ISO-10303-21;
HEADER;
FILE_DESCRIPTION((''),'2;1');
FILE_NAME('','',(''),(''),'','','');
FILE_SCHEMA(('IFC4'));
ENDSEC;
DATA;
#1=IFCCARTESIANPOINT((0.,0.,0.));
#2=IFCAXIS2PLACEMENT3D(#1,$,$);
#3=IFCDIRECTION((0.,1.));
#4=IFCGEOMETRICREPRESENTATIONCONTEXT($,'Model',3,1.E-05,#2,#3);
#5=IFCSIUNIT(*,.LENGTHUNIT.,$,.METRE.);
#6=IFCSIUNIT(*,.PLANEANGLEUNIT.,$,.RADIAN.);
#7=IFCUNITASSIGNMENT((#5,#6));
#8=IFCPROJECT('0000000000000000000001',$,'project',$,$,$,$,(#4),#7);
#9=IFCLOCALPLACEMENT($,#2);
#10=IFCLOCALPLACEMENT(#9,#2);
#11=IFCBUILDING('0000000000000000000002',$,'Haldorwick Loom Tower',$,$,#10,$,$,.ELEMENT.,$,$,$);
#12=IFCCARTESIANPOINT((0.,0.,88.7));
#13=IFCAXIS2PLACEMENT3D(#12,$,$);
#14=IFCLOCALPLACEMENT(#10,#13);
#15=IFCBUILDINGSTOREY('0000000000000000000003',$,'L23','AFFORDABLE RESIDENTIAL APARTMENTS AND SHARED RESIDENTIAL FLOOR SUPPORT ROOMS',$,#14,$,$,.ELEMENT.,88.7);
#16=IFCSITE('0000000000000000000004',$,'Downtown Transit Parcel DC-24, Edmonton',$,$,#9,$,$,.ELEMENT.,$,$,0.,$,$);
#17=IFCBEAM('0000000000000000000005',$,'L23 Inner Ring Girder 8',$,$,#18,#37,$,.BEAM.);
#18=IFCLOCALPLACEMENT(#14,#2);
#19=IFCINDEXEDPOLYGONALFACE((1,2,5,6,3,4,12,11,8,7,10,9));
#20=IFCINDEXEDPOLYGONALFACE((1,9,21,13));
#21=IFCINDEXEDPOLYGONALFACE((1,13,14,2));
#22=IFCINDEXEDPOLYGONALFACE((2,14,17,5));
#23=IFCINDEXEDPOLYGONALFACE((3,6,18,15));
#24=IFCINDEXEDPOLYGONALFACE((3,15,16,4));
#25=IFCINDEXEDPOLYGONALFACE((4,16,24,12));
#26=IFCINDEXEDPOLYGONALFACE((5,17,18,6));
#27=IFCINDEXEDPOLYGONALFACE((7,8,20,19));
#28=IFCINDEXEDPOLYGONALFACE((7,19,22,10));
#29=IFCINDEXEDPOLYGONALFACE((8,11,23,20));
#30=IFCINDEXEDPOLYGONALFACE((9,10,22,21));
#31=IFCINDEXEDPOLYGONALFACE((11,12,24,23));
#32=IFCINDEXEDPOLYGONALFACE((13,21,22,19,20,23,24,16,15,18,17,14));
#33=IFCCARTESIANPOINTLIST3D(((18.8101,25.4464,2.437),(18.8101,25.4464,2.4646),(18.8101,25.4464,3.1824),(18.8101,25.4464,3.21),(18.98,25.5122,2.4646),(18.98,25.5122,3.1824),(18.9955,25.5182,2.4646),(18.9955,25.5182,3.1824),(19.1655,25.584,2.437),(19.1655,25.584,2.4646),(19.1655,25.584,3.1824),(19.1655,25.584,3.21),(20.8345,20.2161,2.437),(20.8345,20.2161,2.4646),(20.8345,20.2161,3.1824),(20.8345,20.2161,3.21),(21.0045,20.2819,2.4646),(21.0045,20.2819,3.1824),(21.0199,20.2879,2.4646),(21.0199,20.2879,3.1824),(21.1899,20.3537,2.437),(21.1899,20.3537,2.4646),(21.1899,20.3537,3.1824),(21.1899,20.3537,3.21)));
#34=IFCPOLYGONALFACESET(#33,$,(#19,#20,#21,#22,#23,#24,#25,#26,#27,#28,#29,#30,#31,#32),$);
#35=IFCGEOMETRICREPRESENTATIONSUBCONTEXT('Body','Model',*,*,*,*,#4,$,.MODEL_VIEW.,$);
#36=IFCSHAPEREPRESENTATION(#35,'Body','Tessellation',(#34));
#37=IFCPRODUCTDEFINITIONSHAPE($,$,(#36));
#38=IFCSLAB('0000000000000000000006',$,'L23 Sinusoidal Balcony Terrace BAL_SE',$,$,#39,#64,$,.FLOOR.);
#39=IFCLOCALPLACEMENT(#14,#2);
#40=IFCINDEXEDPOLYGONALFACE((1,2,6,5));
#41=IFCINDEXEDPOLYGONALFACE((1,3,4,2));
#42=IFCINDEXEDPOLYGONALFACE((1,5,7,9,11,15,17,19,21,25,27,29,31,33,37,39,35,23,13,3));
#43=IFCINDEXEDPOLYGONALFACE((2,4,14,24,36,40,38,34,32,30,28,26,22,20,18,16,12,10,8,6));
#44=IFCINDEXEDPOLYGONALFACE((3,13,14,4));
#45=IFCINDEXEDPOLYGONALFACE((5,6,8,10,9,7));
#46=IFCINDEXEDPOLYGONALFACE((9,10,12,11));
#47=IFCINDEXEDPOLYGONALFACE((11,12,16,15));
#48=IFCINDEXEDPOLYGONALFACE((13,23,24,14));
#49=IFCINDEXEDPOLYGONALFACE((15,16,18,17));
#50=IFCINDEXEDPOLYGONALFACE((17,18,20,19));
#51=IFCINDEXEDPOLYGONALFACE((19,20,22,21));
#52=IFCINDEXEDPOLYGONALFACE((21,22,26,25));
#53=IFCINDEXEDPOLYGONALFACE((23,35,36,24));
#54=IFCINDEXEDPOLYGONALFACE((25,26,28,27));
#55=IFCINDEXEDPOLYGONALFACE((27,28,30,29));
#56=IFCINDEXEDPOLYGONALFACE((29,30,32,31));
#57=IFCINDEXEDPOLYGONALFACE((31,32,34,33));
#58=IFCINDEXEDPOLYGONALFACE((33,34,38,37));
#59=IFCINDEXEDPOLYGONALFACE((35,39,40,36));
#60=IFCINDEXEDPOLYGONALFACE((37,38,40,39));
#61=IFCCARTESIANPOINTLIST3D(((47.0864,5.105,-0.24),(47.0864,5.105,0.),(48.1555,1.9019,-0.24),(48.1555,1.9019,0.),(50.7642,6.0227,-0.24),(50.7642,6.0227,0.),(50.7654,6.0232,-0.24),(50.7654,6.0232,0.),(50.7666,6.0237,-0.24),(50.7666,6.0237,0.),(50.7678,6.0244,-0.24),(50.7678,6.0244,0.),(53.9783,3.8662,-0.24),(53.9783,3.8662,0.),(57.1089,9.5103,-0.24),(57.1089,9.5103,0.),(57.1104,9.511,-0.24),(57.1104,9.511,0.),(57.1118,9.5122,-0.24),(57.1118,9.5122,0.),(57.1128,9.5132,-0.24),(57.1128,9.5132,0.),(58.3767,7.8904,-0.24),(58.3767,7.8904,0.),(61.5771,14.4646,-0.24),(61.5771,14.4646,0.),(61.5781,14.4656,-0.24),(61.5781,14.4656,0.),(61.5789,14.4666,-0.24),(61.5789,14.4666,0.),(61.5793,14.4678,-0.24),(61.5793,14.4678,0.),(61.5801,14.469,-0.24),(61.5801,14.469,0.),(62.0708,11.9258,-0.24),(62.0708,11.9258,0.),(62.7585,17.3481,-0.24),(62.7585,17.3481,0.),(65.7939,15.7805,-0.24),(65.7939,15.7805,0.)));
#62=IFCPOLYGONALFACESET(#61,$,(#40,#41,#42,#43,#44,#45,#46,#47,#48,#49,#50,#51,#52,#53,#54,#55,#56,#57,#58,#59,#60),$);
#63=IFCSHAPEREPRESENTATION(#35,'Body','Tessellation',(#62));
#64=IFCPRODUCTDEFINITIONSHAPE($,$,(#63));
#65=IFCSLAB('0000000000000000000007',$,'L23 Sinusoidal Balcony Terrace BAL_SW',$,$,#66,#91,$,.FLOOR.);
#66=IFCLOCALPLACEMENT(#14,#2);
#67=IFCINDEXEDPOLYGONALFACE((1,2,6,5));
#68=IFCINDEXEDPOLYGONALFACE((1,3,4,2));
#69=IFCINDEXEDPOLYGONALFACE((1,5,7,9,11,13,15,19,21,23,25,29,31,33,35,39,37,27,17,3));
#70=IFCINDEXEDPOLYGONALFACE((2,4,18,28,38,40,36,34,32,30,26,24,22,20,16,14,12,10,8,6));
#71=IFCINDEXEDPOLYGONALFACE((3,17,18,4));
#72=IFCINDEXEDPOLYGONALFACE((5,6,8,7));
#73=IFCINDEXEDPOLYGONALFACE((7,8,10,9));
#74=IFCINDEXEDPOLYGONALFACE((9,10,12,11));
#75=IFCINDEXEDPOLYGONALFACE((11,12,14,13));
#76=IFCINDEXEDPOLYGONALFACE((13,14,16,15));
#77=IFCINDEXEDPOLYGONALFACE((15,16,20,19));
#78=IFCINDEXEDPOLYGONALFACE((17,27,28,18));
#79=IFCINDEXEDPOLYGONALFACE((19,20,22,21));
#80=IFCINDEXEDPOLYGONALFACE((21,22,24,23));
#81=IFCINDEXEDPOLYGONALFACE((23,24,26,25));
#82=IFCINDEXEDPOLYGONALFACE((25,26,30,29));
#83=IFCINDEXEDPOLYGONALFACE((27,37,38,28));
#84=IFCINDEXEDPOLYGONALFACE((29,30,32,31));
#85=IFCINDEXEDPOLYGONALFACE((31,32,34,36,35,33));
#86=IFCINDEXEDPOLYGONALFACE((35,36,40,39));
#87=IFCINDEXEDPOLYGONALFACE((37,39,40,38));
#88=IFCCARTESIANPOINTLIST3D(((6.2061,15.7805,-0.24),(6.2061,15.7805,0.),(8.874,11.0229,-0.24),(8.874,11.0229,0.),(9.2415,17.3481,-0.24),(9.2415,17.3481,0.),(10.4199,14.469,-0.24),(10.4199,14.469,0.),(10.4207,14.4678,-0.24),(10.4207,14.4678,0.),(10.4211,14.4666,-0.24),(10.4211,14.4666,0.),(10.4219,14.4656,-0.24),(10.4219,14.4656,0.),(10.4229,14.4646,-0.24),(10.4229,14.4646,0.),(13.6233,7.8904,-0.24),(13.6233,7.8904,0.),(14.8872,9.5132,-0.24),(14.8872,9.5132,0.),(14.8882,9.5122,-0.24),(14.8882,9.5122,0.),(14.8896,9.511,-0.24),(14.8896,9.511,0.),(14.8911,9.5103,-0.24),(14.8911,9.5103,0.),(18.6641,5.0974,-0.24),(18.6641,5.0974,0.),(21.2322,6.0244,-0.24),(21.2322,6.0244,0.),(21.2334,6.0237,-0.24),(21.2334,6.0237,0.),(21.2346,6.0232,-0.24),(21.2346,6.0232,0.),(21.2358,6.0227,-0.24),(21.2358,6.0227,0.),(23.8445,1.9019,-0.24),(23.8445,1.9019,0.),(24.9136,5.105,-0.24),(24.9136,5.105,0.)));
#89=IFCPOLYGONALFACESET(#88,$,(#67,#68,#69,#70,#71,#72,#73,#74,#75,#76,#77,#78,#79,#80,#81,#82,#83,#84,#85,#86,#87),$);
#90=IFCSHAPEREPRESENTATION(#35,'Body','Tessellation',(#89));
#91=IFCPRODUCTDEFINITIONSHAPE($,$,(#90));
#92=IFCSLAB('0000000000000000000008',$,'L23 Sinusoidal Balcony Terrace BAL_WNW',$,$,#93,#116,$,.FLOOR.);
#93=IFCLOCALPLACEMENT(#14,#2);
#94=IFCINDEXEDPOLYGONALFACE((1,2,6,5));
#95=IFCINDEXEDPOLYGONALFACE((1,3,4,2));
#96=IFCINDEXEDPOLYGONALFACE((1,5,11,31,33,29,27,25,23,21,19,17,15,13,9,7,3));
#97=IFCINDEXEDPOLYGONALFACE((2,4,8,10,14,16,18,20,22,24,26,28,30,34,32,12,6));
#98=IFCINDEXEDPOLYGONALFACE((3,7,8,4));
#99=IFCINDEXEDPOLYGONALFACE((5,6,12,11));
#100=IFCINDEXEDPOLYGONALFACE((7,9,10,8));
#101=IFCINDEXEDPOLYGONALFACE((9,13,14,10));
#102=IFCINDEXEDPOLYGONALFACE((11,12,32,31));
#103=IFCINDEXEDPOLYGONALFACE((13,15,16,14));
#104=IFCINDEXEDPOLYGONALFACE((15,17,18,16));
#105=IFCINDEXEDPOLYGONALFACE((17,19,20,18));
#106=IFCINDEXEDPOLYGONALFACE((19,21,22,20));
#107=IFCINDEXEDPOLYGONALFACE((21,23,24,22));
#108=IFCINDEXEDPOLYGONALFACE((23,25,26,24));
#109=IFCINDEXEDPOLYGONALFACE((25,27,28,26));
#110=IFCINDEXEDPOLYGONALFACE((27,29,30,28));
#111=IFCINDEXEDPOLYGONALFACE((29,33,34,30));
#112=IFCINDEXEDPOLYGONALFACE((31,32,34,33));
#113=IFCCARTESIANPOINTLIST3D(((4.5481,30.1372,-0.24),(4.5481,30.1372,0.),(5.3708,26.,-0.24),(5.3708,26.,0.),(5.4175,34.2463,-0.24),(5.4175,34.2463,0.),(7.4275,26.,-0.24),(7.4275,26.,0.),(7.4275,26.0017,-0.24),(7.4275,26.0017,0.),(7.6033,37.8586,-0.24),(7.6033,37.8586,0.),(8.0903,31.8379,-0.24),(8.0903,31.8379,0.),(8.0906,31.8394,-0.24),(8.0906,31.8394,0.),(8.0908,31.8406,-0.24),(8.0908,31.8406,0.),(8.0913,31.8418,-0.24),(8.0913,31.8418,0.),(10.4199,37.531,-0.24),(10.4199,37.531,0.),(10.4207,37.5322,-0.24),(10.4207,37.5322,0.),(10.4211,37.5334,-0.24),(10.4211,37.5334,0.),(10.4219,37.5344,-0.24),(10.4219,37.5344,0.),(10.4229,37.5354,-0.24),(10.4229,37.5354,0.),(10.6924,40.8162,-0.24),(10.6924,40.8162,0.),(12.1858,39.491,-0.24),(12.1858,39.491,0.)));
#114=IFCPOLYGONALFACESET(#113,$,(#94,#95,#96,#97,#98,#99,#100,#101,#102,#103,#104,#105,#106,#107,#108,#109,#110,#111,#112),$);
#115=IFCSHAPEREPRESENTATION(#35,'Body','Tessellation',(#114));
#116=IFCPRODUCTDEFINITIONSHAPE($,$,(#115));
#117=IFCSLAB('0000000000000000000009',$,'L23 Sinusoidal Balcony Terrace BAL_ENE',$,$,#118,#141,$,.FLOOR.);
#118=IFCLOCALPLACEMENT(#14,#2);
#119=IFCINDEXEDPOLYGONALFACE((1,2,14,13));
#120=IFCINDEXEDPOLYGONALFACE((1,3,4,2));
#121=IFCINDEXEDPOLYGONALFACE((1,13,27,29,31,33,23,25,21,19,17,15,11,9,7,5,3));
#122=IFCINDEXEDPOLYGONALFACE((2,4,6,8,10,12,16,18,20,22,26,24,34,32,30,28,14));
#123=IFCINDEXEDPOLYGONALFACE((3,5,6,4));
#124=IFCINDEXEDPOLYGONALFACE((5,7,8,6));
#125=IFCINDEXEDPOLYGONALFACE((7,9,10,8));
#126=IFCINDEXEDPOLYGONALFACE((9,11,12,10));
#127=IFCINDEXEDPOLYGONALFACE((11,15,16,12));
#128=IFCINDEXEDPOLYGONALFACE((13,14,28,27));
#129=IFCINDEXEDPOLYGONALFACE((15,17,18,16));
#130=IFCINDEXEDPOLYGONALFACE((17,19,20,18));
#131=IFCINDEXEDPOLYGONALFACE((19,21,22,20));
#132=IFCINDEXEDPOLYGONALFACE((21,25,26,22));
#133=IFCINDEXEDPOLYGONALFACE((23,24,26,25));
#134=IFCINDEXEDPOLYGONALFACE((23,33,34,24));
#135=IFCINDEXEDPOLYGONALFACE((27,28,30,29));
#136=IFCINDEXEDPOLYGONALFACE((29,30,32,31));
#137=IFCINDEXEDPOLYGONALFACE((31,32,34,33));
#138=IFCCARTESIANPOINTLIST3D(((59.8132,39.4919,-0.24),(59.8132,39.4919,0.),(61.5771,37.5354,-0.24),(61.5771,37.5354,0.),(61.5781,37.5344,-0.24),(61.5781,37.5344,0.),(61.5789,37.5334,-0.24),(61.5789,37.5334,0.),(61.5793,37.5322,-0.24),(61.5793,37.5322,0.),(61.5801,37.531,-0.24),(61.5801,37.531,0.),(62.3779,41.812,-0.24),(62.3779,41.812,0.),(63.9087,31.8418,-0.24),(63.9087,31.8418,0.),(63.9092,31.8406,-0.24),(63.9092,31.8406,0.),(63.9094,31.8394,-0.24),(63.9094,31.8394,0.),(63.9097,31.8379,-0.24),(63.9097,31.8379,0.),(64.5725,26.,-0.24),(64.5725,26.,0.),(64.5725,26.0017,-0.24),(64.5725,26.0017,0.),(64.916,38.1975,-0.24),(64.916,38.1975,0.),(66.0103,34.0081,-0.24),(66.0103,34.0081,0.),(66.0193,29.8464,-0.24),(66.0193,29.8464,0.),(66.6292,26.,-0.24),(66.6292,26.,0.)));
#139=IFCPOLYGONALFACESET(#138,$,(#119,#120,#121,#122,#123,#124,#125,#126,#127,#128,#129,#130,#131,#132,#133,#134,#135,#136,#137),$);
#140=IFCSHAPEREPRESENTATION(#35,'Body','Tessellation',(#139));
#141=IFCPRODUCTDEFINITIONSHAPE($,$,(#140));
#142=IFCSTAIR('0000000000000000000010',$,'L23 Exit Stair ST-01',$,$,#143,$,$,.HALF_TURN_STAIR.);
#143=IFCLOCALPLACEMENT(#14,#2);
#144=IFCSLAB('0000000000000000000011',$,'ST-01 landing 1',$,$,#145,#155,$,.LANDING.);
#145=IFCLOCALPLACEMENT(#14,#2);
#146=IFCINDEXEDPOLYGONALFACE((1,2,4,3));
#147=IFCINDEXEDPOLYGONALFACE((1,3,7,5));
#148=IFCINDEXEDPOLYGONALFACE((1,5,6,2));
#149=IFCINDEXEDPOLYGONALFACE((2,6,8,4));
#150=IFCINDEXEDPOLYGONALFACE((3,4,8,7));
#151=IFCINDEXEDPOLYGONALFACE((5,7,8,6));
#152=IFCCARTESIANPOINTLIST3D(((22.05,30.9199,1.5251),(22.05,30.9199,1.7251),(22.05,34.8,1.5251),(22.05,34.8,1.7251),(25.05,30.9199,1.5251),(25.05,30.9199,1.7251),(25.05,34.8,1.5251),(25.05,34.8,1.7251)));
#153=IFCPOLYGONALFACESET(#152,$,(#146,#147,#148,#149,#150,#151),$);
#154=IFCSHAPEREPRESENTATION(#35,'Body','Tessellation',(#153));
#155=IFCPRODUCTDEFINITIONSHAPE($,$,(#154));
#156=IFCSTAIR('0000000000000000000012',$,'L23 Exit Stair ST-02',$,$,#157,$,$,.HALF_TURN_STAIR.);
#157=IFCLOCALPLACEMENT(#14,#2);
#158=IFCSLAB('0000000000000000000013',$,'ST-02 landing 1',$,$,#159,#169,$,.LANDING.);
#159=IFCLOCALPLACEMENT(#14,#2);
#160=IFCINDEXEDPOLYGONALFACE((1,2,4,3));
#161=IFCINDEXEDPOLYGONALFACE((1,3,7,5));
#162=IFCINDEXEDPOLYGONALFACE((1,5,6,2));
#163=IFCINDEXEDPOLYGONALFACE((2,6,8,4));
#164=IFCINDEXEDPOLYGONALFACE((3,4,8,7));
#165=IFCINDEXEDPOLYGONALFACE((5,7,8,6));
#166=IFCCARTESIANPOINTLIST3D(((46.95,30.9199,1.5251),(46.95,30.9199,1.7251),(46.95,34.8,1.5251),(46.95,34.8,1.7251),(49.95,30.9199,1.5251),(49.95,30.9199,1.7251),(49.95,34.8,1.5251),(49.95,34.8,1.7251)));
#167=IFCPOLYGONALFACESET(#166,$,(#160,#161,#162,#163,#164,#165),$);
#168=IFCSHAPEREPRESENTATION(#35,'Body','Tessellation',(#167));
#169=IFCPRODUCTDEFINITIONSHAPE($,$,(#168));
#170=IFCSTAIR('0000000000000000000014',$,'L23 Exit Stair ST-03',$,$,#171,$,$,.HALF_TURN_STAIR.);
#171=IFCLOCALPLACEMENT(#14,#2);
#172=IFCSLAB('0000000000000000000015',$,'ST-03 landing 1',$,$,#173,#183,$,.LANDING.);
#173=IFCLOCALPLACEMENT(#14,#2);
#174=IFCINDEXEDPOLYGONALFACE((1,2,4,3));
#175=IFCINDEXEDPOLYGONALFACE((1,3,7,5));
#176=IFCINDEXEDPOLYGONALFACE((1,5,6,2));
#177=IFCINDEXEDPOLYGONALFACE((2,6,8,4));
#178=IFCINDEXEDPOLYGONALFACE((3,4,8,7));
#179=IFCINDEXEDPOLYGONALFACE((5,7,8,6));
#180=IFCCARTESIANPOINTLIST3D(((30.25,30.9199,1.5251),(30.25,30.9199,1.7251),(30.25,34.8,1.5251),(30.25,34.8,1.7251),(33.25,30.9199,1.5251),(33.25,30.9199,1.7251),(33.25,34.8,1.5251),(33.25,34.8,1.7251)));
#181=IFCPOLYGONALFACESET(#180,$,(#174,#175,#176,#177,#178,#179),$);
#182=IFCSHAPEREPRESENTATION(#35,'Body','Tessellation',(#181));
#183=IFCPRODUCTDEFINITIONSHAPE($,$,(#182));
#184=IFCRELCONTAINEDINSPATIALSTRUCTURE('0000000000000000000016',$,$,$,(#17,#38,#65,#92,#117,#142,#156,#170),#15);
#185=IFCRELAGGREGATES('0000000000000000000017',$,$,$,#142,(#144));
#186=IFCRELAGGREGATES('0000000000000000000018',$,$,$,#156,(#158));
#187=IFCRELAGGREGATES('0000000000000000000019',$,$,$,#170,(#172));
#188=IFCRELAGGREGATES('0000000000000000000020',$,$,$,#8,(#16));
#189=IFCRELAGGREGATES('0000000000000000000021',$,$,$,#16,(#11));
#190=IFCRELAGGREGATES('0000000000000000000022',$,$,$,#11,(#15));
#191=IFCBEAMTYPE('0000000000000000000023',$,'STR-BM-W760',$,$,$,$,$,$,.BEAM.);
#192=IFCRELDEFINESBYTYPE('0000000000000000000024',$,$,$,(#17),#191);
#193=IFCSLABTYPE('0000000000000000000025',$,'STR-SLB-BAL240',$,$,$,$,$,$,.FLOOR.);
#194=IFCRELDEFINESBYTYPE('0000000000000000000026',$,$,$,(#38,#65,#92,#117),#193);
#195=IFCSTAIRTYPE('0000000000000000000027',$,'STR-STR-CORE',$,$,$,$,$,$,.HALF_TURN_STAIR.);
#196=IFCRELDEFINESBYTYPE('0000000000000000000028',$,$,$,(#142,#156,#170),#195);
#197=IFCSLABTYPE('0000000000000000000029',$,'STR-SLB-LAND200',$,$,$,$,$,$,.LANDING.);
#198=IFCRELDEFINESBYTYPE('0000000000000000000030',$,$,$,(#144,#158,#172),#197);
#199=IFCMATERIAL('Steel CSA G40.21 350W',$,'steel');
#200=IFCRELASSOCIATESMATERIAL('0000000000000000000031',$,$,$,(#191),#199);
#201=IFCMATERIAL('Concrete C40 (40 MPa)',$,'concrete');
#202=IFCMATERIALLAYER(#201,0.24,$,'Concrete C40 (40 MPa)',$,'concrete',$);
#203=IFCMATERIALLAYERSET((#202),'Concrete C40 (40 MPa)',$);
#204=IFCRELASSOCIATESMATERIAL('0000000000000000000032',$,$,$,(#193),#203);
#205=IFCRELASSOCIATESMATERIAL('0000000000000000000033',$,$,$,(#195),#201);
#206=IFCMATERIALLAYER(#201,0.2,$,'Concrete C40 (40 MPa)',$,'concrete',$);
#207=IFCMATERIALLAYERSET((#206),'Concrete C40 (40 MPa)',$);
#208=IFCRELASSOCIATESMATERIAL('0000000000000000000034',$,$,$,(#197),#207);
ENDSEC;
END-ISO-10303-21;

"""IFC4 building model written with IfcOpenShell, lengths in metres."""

from ifc_helpers import new_model, si_unit, direction, frame, origin, origin_2d, place, context, subcontext, project, spatial, polyline, i_section, outline, extrude, material, layer, layer_set, material_profile, profile_set, type_object, element, aggregate, save


model = new_model("IFC4")

# Units and contexts
model_context = context("Model", 3, precision=1e-05, world=origin(), true_north=direction((0.0, 1.0)))
body_context = subcontext(model_context, "Body", "Model", "MODEL_VIEW")
ifc_project = project(units=[si_unit("LENGTHUNIT", "METRE"), si_unit("PLANEANGLEUNIT", "RADIAN")], contexts=[model_context])

# Site, building, storey
site_placement = place(None, origin())
site = spatial("IfcSite", under=ifc_project, at=site_placement, Name="Downtown Transit Parcel DC-24, Edmonton", CompositionType="ELEMENT", RefElevation=0.0)
building_placement = place(site_placement, origin())
building = spatial("IfcBuilding", under=site, at=building_placement, Name="Haldorwick Loom Tower", CompositionType="ELEMENT")
storey_placement = place(building_placement, frame((0.0, 0.0, 88.7)))
storey = spatial("IfcBuildingStorey", under=building, at=storey_placement, Name="L23", Description="AFFORDABLE RESIDENTIAL APARTMENTS AND SHARED RESIDENTIAL FLOOR SUPPORT ROOMS", CompositionType="ELEMENT", Elevation=88.7)

# Beam
ifc_material_1 = material(Name="Steel CSA G40.21 350W", Category="steel")
ifc_material_profile_1 = material_profile(ifc_material_1, i_section(OverallWidth=0.3811, OverallDepth=0.7729, WebThickness=0.0166, FlangeThickness=0.0276, at=origin_2d()), Name="W760X257", Category="steel")
ifc_profile_set_1 = profile_set([ifc_material_profile_1], Name="Steel CSA G40.21 350W")
beam_type_1 = type_object("IfcBeamType", Name="STR-BM-W760", PredefinedType="BEAM", material=ifc_profile_set_1)
beam_1_placement = place(storey_placement, frame((21.0122, 20.2849, 2.8235), z_axis=(-0.360965, 0.932579, 0.0), x_axis=(-0.932579, -0.360965, 0.0)))
element("IfcBeam", 1, at=beam_1_placement, inside=storey, type_object=beam_type_1, Name="L23 Inner Ring Girder 8", PredefinedType="BEAM", context=body_context, shape_type="SweptSolid", body=[
    extrude(i_section(OverallWidth=0.3811, OverallDepth=0.7729, WebThickness=0.0166, FlangeThickness=0.0276, at=origin_2d()), origin(), (0.0, 0.0, 1.0), 5.6084),
])

# Slabs
ifc_material_2 = material(Name="Concrete C40 (40 MPa)", Category="concrete")
ifc_layer_1 = layer(ifc_material_2, 0.24, Name="Concrete C40 (40 MPa)", Category="concrete")
ifc_layer_set_1 = layer_set([ifc_layer_1], Name="Concrete C40 (40 MPa)")
slab_type_1 = type_object("IfcSlabType", Name="STR-SLB-BAL240", PredefinedType="FLOOR", material=ifc_layer_set_1)
slab_1_placement = place(storey_placement, frame((0.0, 0.0, -0.24)))
element("IfcSlab", 2, at=slab_1_placement, inside=storey, type_object=slab_type_1, Name="L23 Sinusoidal Balcony Terrace BAL_SE", PredefinedType="FLOOR", context=body_context, shape_type="SweptSolid", body=[
    extrude(outline(polyline([(62.7585, 17.3481), (61.5801, 14.469), (61.5793, 14.4678), (61.5789, 14.4666), (61.5781, 14.4656), (61.5771, 14.4646), (57.1128, 9.5132), (57.1118, 9.5122), (57.1104, 9.511), (57.1089, 9.5103), (50.7678, 6.0244), (50.7666, 6.0237), (50.7654, 6.0232), (50.7642, 6.0227), (47.0864, 5.105), (48.1555, 1.9019), (53.9783, 3.8662), (58.3767, 7.8904), (62.0708, 11.9258), (65.7939, 15.7805), (62.7585, 17.3481)])), origin(), (0.0, 0.0, 1.0), 0.24),
])
slab_2_placement = place(storey_placement, frame((0.0, 0.0, -0.24)))
element("IfcSlab", 3, at=slab_2_placement, inside=storey, type_object=slab_type_1, Name="L23 Sinusoidal Balcony Terrace BAL_SW", PredefinedType="FLOOR", context=body_context, shape_type="SweptSolid", body=[
    extrude(outline(polyline([(24.9136, 5.105), (21.2358, 6.0227), (21.2346, 6.0232), (21.2334, 6.0237), (21.2322, 6.0244), (14.8911, 9.5103), (14.8896, 9.511), (14.8882, 9.5122), (14.8872, 9.5132), (10.4229, 14.4646), (10.4219, 14.4656), (10.4211, 14.4666), (10.4207, 14.4678), (10.4199, 14.469), (9.2415, 17.3481), (6.2061, 15.7805), (8.874, 11.0229), (13.6233, 7.8904), (18.6641, 5.0974), (23.8445, 1.9019), (24.9136, 5.105)])), origin(), (0.0, 0.0, 1.0), 0.24),
])
slab_3_placement = place(storey_placement, frame((0.0, 0.0, -0.24)))
element("IfcSlab", 4, at=slab_3_placement, inside=storey, type_object=slab_type_1, Name="L23 Sinusoidal Balcony Terrace BAL_WNW", PredefinedType="FLOOR", context=body_context, shape_type="SweptSolid", body=[
    extrude(outline(polyline([(7.4275, 26.0), (7.4275, 26.0017), (8.0903, 31.8379), (8.0906, 31.8394), (8.0908, 31.8406), (8.0913, 31.8418), (10.4199, 37.531), (10.4207, 37.5322), (10.4211, 37.5334), (10.4219, 37.5344), (10.4229, 37.5354), (12.1858, 39.491), (10.6924, 40.8162), (7.6033, 37.8586), (5.4175, 34.2463), (4.5481, 30.1372), (5.3708, 26.0), (7.4275, 26.0)])), origin(), (0.0, 0.0, 1.0), 0.24),
])
slab_4_placement = place(storey_placement, frame((0.0, 0.0, -0.24)))
element("IfcSlab", 5, at=slab_4_placement, inside=storey, type_object=slab_type_1, Name="L23 Sinusoidal Balcony Terrace BAL_ENE", PredefinedType="FLOOR", context=body_context, shape_type="SweptSolid", body=[
    extrude(outline(polyline([(59.8132, 39.4919), (61.5771, 37.5354), (61.5781, 37.5344), (61.5789, 37.5334), (61.5793, 37.5322), (61.5801, 37.531), (63.9087, 31.8418), (63.9092, 31.8406), (63.9094, 31.8394), (63.9097, 31.8379), (64.5725, 26.0017), (64.5725, 26.0), (66.6292, 26.0), (66.0193, 29.8464), (66.0103, 34.0081), (64.916, 38.1975), (62.3779, 41.812), (59.8132, 39.4919)])), origin(), (0.0, 0.0, 1.0), 0.24),
])

# Stairs, slabs
stair_type = type_object("IfcStairType", Name="STR-STR-CORE", PredefinedType="HALF_TURN_STAIR", material=ifc_material_2)
stair_1_placement = place(storey_placement, origin())
stair_1 = element("IfcStair", 6, at=stair_1_placement, inside=storey, type_object=stair_type, Name="L23 Exit Stair ST-01", PredefinedType="HALF_TURN_STAIR")
ifc_layer_2 = layer(ifc_material_2, 0.2, Name="Concrete C40 (40 MPa)", Category="concrete")
ifc_layer_set_2 = layer_set([ifc_layer_2], Name="Concrete C40 (40 MPa)")
slab_type_2 = type_object("IfcSlabType", Name="STR-SLB-LAND200", PredefinedType="LANDING", material=ifc_layer_set_2)
slab_5_placement = place(storey_placement, frame((0.0, 0.0, 1.5251)))
slab_5 = element("IfcSlab", 7, at=slab_5_placement, type_object=slab_type_2, Name="ST-01 landing 1", PredefinedType="LANDING", context=body_context, shape_type="SweptSolid", body=[
    extrude(outline(polyline([(25.05, 30.9199), (25.05, 34.8), (22.05, 34.8), (22.05, 30.9199), (25.05, 30.9199)])), origin(), (0.0, 0.0, 1.0), 0.2),
])
aggregate(stair_1, [slab_5])
stair_2_placement = place(storey_placement, origin())
stair_2 = element("IfcStair", 8, at=stair_2_placement, inside=storey, type_object=stair_type, Name="L23 Exit Stair ST-02", PredefinedType="HALF_TURN_STAIR")
slab_6_placement = place(storey_placement, frame((0.0, 0.0, 1.5251)))
slab_6 = element("IfcSlab", 9, at=slab_6_placement, type_object=slab_type_2, Name="ST-02 landing 1", PredefinedType="LANDING", context=body_context, shape_type="SweptSolid", body=[
    extrude(outline(polyline([(49.95, 30.9199), (49.95, 34.8), (46.95, 34.8), (46.95, 30.9199), (49.95, 30.9199)])), origin(), (0.0, 0.0, 1.0), 0.2),
])
aggregate(stair_2, [slab_6])
stair_3_placement = place(storey_placement, origin())
stair_3 = element("IfcStair", 10, at=stair_3_placement, inside=storey, type_object=stair_type, Name="L23 Exit Stair ST-03", PredefinedType="HALF_TURN_STAIR")
slab_7_placement = place(storey_placement, frame((0.0, 0.0, 1.5251)))
slab_7 = element("IfcSlab", 11, at=slab_7_placement, type_object=slab_type_2, Name="ST-03 landing 1", PredefinedType="LANDING", context=body_context, shape_type="SweptSolid", body=[
    extrude(outline(polyline([(33.25, 30.9199), (33.25, 34.8), (30.25, 34.8), (30.25, 30.9199), (33.25, 30.9199)])), origin(), (0.0, 0.0, 1.0), 0.2),
])
aggregate(stair_3, [slab_7])

save(model, "model.ifc")
